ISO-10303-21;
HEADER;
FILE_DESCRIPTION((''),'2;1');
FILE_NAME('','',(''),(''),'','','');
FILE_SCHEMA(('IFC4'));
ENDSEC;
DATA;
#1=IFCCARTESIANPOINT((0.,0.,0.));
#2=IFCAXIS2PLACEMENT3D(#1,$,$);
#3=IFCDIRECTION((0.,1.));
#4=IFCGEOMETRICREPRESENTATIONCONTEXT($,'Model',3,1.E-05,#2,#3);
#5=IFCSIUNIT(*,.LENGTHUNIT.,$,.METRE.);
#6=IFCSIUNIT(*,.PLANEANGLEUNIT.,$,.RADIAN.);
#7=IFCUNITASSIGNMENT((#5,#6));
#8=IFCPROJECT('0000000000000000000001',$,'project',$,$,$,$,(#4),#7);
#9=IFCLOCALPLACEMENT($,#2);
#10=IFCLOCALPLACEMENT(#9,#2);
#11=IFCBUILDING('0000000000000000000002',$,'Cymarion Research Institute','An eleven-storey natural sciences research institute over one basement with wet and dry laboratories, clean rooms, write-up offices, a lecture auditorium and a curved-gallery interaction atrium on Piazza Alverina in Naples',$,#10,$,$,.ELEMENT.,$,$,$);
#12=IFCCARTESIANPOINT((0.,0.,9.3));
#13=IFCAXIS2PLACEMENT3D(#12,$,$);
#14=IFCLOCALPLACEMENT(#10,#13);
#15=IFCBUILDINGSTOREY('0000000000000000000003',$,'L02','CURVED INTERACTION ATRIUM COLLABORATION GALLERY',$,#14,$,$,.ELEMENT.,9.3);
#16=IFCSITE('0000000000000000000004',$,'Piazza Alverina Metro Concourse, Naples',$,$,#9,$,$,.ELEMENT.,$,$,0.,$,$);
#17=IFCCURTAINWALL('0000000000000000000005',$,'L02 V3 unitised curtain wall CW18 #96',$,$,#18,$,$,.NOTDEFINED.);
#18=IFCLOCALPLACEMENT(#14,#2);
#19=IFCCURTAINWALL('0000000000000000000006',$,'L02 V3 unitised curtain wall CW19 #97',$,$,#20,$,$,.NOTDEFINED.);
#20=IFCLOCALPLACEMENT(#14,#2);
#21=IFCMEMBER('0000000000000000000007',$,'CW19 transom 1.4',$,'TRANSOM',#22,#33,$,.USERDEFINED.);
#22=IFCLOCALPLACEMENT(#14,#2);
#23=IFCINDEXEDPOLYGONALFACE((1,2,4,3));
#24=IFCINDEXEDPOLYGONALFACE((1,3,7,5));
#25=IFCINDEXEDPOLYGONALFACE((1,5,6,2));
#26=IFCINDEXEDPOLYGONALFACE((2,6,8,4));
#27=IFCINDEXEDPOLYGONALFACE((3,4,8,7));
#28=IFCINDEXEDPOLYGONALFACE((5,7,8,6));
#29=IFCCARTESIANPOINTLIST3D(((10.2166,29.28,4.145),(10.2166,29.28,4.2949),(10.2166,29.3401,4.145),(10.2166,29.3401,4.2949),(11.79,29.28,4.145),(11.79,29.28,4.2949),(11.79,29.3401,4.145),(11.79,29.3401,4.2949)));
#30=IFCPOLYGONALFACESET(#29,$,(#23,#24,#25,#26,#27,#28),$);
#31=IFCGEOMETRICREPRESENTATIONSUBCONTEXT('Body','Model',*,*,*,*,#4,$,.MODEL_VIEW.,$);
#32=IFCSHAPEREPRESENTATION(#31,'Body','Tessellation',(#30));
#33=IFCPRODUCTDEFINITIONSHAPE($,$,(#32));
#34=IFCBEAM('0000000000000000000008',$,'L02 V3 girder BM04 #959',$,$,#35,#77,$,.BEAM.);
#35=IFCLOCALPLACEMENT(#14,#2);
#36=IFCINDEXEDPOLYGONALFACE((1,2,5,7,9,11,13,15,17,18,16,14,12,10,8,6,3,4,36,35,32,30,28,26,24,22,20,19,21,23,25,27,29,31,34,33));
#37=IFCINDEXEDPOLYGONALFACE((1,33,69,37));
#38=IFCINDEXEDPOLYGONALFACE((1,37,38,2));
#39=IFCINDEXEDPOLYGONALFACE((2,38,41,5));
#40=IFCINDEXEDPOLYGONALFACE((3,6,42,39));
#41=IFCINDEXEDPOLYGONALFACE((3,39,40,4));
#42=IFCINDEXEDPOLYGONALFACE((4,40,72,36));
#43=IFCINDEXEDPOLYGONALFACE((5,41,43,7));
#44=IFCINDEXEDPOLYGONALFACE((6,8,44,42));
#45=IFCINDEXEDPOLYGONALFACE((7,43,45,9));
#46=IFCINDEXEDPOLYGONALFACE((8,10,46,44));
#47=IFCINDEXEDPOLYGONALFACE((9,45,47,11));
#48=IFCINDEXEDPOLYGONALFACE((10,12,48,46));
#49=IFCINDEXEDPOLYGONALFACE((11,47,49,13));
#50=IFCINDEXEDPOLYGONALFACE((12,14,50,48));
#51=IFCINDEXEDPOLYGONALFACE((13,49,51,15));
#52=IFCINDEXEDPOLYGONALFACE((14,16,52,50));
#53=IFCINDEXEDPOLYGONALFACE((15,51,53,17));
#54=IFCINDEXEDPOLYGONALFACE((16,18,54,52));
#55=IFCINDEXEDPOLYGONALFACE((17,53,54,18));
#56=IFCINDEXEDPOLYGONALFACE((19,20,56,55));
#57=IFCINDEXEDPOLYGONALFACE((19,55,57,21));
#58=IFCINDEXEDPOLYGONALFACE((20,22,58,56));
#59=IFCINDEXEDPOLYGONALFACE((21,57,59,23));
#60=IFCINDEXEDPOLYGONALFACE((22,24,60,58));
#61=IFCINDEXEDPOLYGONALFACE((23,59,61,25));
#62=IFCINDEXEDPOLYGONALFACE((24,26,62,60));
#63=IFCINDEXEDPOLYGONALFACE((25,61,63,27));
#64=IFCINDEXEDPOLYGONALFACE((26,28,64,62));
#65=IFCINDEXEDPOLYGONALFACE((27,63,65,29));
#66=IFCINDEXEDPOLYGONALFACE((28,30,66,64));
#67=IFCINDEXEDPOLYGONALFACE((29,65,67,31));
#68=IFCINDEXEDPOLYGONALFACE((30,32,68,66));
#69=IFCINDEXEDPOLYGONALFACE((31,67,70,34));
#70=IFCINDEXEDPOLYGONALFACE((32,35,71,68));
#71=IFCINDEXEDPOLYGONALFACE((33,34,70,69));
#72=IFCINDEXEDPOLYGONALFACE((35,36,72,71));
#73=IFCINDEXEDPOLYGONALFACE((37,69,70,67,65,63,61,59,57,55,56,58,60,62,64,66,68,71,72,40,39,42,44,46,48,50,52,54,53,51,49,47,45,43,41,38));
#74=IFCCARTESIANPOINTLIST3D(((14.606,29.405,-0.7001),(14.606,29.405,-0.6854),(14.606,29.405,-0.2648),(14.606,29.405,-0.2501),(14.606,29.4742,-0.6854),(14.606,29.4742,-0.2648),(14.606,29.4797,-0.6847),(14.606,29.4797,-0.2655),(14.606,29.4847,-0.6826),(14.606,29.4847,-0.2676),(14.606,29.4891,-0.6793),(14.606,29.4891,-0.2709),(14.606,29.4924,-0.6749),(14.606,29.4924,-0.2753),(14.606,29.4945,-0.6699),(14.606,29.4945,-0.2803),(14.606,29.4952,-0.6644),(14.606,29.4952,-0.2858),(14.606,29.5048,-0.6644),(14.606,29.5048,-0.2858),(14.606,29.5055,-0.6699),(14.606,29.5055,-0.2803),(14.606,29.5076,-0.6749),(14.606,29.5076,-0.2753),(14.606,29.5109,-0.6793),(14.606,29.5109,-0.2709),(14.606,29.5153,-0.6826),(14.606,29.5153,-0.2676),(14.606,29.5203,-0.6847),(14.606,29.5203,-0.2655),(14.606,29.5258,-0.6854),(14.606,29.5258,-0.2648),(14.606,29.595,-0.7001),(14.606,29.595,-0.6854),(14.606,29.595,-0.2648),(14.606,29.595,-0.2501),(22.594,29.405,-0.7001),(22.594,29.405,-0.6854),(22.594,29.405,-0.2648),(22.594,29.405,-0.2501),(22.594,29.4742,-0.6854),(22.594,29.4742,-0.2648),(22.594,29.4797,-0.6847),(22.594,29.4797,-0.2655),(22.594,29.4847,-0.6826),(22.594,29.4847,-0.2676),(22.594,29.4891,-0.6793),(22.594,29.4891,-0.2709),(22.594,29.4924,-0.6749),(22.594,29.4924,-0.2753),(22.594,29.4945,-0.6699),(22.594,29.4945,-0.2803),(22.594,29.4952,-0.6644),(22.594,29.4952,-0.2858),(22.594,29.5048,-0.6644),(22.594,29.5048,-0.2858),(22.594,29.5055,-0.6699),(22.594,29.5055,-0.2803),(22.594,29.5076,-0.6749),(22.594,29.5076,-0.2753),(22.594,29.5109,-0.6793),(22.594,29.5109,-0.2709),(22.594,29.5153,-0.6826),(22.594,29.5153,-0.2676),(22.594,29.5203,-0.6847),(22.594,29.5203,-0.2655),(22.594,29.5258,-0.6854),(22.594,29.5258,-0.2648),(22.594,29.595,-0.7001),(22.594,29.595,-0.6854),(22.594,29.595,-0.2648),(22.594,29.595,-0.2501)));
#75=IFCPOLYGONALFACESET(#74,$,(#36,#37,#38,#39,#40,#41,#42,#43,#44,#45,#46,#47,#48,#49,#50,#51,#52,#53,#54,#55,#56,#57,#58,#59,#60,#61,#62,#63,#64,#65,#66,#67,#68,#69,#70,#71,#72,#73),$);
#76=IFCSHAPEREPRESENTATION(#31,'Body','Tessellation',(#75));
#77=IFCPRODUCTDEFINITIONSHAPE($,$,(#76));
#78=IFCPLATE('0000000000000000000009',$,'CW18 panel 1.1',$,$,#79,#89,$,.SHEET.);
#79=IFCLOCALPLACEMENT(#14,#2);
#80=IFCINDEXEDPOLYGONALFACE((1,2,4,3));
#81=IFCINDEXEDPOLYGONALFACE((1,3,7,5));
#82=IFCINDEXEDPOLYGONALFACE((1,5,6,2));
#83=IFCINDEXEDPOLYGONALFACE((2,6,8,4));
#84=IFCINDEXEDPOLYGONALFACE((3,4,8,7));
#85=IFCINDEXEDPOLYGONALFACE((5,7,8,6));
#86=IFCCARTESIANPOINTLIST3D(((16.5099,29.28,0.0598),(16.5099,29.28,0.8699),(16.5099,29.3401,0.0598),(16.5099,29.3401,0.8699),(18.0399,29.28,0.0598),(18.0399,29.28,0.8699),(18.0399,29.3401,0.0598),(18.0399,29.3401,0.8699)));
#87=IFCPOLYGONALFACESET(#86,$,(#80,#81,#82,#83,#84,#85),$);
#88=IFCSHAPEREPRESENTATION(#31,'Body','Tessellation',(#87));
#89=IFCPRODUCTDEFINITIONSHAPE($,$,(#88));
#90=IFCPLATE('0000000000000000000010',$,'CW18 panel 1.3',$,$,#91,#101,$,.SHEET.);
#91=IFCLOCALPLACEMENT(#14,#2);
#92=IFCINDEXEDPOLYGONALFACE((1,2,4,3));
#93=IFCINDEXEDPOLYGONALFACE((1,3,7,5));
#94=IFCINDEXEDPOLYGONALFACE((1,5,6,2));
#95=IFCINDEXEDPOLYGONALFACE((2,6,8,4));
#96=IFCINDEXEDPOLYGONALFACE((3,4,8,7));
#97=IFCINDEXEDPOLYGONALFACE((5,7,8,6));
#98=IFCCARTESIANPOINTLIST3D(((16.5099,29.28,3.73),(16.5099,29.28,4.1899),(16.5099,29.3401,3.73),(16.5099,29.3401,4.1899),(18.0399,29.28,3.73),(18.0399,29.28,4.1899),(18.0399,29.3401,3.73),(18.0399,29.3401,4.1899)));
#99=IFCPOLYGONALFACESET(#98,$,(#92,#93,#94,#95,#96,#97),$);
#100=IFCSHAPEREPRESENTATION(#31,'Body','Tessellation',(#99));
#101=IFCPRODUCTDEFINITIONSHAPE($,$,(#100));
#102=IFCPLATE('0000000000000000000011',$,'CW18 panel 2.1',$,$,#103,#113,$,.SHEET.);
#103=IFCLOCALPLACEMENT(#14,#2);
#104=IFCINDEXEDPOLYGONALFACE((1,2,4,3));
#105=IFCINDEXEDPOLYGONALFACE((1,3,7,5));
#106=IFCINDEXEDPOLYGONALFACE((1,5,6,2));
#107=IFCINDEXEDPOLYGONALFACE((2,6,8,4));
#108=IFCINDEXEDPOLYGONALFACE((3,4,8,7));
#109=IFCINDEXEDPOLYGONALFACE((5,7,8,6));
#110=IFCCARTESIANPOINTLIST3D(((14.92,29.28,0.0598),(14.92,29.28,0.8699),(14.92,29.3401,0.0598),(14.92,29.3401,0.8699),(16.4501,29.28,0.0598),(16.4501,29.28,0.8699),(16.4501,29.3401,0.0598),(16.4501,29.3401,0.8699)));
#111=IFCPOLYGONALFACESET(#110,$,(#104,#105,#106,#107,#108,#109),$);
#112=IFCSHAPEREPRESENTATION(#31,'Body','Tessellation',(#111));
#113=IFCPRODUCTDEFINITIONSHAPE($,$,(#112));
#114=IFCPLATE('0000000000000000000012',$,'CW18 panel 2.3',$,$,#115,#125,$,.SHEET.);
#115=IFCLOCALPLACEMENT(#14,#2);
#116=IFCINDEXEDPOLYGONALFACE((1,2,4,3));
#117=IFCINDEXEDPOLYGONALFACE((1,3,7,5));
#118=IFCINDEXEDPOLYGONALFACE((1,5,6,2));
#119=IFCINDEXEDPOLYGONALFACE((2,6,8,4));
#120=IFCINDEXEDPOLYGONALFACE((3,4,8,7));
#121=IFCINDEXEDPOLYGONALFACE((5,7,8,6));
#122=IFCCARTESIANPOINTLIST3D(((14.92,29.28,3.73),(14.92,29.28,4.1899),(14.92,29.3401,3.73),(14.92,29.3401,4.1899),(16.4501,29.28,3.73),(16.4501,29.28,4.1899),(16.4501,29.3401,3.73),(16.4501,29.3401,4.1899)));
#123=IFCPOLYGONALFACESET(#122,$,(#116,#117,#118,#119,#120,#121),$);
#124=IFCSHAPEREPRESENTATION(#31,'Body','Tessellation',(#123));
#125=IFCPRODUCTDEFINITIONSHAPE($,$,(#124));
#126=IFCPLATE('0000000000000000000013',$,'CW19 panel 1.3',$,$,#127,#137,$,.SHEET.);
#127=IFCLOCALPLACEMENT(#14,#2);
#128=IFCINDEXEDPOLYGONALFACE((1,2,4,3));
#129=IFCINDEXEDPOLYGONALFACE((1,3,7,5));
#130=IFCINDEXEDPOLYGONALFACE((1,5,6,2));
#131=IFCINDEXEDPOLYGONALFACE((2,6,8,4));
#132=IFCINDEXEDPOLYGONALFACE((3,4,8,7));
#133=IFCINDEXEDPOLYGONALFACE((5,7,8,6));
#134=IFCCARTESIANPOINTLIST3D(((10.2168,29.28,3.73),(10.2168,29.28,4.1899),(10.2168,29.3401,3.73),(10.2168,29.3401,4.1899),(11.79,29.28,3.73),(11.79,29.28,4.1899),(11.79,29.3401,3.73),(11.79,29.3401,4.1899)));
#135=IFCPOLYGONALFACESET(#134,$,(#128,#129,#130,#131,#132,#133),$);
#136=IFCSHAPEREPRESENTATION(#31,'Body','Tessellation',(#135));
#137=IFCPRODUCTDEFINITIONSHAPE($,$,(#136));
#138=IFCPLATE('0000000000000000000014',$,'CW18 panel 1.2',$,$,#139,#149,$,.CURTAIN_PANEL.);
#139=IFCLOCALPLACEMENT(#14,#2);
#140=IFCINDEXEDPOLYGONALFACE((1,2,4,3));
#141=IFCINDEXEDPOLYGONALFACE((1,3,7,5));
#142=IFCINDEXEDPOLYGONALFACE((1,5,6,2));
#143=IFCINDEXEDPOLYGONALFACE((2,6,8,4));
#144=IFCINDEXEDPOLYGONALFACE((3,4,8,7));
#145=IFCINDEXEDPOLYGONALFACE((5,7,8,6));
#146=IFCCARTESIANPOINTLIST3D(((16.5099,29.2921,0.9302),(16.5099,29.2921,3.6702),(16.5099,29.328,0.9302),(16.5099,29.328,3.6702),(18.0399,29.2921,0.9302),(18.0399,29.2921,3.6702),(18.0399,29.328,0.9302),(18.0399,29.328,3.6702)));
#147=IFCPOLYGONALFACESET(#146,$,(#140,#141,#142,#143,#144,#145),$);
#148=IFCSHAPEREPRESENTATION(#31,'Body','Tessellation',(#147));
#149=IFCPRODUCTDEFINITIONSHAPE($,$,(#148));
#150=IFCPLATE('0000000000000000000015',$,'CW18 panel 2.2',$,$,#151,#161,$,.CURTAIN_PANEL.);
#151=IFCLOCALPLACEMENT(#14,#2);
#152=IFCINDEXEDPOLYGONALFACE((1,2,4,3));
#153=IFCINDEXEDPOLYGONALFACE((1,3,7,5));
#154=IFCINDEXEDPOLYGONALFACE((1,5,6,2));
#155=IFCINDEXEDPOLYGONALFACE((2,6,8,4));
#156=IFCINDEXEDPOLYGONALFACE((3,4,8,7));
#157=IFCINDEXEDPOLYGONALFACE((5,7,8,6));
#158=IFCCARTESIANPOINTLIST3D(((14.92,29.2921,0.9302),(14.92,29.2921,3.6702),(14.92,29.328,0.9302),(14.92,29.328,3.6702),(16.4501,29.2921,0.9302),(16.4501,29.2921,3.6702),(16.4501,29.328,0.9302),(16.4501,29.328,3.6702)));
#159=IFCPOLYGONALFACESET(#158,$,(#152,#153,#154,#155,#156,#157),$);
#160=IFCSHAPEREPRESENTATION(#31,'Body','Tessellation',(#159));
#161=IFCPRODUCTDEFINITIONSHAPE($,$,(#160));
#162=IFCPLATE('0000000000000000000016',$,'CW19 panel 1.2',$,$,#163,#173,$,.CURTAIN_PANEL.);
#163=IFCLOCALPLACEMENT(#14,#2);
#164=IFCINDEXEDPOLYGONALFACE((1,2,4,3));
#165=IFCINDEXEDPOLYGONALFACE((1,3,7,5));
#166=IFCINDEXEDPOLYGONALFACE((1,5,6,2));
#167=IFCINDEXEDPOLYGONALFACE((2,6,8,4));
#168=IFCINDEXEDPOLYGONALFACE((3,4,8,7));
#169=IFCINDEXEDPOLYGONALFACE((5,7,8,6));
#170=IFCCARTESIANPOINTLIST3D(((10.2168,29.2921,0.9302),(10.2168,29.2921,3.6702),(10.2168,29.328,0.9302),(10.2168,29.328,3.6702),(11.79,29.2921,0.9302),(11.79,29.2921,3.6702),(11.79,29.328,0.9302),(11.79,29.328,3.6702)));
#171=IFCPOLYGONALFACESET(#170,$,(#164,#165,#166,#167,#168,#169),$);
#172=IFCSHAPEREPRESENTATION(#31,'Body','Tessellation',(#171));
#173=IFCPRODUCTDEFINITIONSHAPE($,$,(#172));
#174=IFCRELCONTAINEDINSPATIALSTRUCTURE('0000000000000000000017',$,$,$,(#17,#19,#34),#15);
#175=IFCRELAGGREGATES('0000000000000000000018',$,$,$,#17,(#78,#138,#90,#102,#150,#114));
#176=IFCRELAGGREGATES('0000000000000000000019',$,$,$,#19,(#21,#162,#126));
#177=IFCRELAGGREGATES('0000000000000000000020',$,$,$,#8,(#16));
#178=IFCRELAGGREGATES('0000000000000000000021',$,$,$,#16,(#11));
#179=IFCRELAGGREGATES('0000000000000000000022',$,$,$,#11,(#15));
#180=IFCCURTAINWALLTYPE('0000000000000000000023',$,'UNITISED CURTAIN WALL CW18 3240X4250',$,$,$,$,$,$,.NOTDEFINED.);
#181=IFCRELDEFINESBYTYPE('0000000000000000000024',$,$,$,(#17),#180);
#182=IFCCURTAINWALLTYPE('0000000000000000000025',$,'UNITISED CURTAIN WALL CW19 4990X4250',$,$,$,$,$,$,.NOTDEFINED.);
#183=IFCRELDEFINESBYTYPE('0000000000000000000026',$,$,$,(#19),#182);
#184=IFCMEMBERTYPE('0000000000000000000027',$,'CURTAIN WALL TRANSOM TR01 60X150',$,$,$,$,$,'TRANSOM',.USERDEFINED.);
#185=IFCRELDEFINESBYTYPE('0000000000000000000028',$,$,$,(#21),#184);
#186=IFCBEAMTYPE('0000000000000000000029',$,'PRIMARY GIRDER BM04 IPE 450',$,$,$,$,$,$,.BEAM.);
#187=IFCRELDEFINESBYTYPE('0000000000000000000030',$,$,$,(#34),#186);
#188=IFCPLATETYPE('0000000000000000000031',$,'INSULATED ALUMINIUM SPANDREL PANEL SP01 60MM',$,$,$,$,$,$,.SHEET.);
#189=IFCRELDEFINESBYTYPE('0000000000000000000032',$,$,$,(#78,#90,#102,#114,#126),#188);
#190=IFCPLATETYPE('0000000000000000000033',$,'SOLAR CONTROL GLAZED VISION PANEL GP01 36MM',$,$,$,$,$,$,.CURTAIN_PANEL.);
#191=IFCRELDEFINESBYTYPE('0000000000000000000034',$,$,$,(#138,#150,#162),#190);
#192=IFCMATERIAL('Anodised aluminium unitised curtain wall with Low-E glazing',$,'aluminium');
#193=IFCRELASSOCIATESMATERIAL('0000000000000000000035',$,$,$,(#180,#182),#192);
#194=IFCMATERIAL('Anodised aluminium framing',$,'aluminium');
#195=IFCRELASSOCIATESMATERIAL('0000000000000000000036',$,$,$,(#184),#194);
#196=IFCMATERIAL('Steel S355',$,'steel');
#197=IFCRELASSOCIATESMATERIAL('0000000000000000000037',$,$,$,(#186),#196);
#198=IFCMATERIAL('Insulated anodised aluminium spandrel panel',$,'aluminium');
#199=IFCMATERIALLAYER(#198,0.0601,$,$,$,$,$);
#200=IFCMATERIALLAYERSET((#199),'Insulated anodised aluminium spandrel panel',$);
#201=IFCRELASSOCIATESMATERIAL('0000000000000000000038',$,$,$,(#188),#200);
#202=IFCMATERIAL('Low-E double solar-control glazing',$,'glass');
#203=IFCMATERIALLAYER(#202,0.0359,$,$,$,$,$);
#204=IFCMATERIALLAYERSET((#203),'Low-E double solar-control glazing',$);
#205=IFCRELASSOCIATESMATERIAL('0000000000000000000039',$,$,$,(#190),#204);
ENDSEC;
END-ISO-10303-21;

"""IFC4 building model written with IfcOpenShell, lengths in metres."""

from ifc_helpers import new_model, si_unit, direction, frame, origin, origin_2d, place, context, subcontext, project, spatial, rectangle, i_section, extrude, material, layer, layer_set, material_profile, profile_set, type_object, element, aggregate, save


model = new_model("IFC4")

# Units and contexts
model_context = context("Model", 3, precision=1e-05, world=origin(), true_north=direction((0.0, 1.0)))
body_context = subcontext(model_context, "Body", "Model", "MODEL_VIEW")
ifc_project = project(units=[si_unit("LENGTHUNIT", "METRE"), si_unit("PLANEANGLEUNIT", "RADIAN")], contexts=[model_context])

# Site, building, storey
site_placement = place(None, origin())
site = spatial("IfcSite", under=ifc_project, at=site_placement, Name="Piazza Alverina Metro Concourse, Naples", CompositionType="ELEMENT", RefElevation=0.0)
building_placement = place(site_placement, origin())
building = spatial("IfcBuilding", under=site, at=building_placement, Name="Cymarion Research Institute", Description="An eleven-storey natural sciences research institute over one basement with wet and dry laboratories, clean rooms, write-up offices, a lecture auditorium and a curved-gallery interaction atrium on Piazza Alverina in Naples", CompositionType="ELEMENT")
storey_placement = place(building_placement, frame((0.0, 0.0, 9.3)))
storey = spatial("IfcBuildingStorey", under=building, at=storey_placement, Name="L02", Description="CURVED INTERACTION ATRIUM COLLABORATION GALLERY", CompositionType="ELEMENT", Elevation=9.3)

# Shared definitions
ifc_material_1 = material(Name="Steel S355", Category="steel")

# Curtain wall
ifc_material_2 = material(Name="Anodised aluminium unitised curtain wall with Low-E glazing", Category="aluminium")
curtain_wall_type_1 = type_object("IfcCurtainWallType", Name="UNITISED CURTAIN WALL CW18 3240X4250", PredefinedType="NOTDEFINED", material=ifc_material_2)
curtain_wall_1_placement = place(storey_placement, origin())
curtain_wall_1 = element("IfcCurtainWall", 1, at=curtain_wall_1_placement, inside=storey, type_object=curtain_wall_type_1, Name="L02 V3 unitised curtain wall CW18 #96", PredefinedType="NOTDEFINED")
ifc_material_3 = material(Name="Anodised aluminium framing", Category="aluminium")

# Curtain wall
curtain_wall_type_2 = type_object("IfcCurtainWallType", Name="UNITISED CURTAIN WALL CW19 4990X4250", PredefinedType="NOTDEFINED", material=ifc_material_2)
curtain_wall_2_placement = place(storey_placement, origin())
curtain_wall_2 = element("IfcCurtainWall", 2, at=curtain_wall_2_placement, inside=storey, type_object=curtain_wall_type_2, Name="L02 V3 unitised curtain wall CW19 #97", PredefinedType="NOTDEFINED")

# Member
ifc_material_profile_1 = material_profile(ifc_material_3, rectangle(XDim=0.0601, YDim=0.1499, at=origin_2d()), Name="ALU TRANSOM 60x150")
ifc_profile_set_1 = profile_set([ifc_material_profile_1], Name="Anodised aluminium framing")
member_type_1 = type_object("IfcMemberType", Name="CURTAIN WALL TRANSOM TR01 60X150", ElementType="TRANSOM", PredefinedType="USERDEFINED", material=ifc_profile_set_1)
member_1_placement = place(storey_placement, frame((11.79, 29.3101, 4.22), z_axis=(-1.0, 0.0, 0.0), x_axis=(0.0, -1.0, 0.0)))
member_1 = element("IfcMember", 3, at=member_1_placement, type_object=member_type_1, Name="CW19 transom 1.4", ObjectType="TRANSOM", PredefinedType="USERDEFINED", context=body_context, shape_type="SweptSolid", body=[
    extrude(rectangle(XDim=0.0601, YDim=0.1499, at=origin_2d()), origin(), (0.0, 0.0, 1.0), 1.5735),
])

# Beam
ifc_material_profile_2 = material_profile(ifc_material_1, i_section(OverallWidth=0.1899, OverallDepth=0.45, WebThickness=0.0095, FlangeThickness=0.0146, FilletRadius=0.021, at=origin_2d()), Name="IPE 450")
ifc_profile_set_2 = profile_set([ifc_material_profile_2], Name="Steel S355")
beam_type = type_object("IfcBeamType", Name="PRIMARY GIRDER BM04 IPE 450", PredefinedType="BEAM", material=ifc_profile_set_2)
beam_placement = place(storey_placement, frame((14.606, 29.5, -0.4751), z_axis=(1.0, 0.0, 0.0), x_axis=(0.0, 1.0, 0.0)))
element("IfcBeam", 4, at=beam_placement, inside=storey, type_object=beam_type, Name="L02 V3 girder BM04 #959", PredefinedType="BEAM", context=body_context, shape_type="SweptSolid", body=[
    extrude(i_section(OverallWidth=0.1899, OverallDepth=0.45, WebThickness=0.0095, FlangeThickness=0.0146, FilletRadius=0.021, at=origin_2d()), origin(), (0.0, 0.0, 1.0), 7.988),
])

# Plates
ifc_material_4 = material(Name="Insulated anodised aluminium spandrel panel", Category="aluminium")
ifc_layer_1 = layer(ifc_material_4, 0.0601)
ifc_layer_set_1 = layer_set([ifc_layer_1], Name="Insulated anodised aluminium spandrel panel")
plate_type_1 = type_object("IfcPlateType", Name="INSULATED ALUMINIUM SPANDREL PANEL SP01 60MM", PredefinedType="SHEET", material=ifc_layer_set_1)
plate_1_placement = place(storey_placement, frame((17.2749, 29.3101, 0.0598), z_axis=(0.0, 0.0, 1.0), x_axis=(-1.0, 0.0, 0.0)))
plate_1 = element("IfcPlate", 5, at=plate_1_placement, type_object=plate_type_1, Name="CW18 panel 1.1", PredefinedType="SHEET", context=body_context, shape_type="SweptSolid", body=[
    extrude(rectangle(XDim=1.53, YDim=0.0601, at=origin_2d()), origin(), (0.0, 0.0, 1.0), 0.8101),
])
plate_2_placement = place(storey_placement, frame((17.2749, 29.3101, 3.73), z_axis=(0.0, 0.0, 1.0), x_axis=(-1.0, 0.0, 0.0)))
plate_2 = element("IfcPlate", 6, at=plate_2_placement, type_object=plate_type_1, Name="CW18 panel 1.3", PredefinedType="SHEET", context=body_context, shape_type="SweptSolid", body=[
    extrude(rectangle(XDim=1.53, YDim=0.0601, at=origin_2d()), origin(), (0.0, 0.0, 1.0), 0.46),
])
plate_3_placement = place(storey_placement, frame((15.6851, 29.3101, 0.0598), z_axis=(0.0, 0.0, 1.0), x_axis=(-1.0, 0.0, 0.0)))
plate_3 = element("IfcPlate", 7, at=plate_3_placement, type_object=plate_type_1, Name="CW18 panel 2.1", PredefinedType="SHEET", context=body_context, shape_type="SweptSolid", body=[
    extrude(rectangle(XDim=1.53, YDim=0.0601, at=origin_2d()), origin(), (0.0, 0.0, 1.0), 0.8101),
])
plate_4_placement = place(storey_placement, frame((15.6851, 29.3101, 3.73), z_axis=(0.0, 0.0, 1.0), x_axis=(-1.0, 0.0, 0.0)))
plate_4 = element("IfcPlate", 8, at=plate_4_placement, type_object=plate_type_1, Name="CW18 panel 2.3", PredefinedType="SHEET", context=body_context, shape_type="SweptSolid", body=[
    extrude(rectangle(XDim=1.53, YDim=0.0601, at=origin_2d()), origin(), (0.0, 0.0, 1.0), 0.46),
])
plate_5_placement = place(storey_placement, frame((11.0034, 29.3101, 3.73), z_axis=(0.0, 0.0, 1.0), x_axis=(-1.0, 0.0, 0.0)))
plate_5 = element("IfcPlate", 9, at=plate_5_placement, type_object=plate_type_1, Name="CW19 panel 1.3", PredefinedType="SHEET", context=body_context, shape_type="SweptSolid", body=[
    extrude(rectangle(XDim=1.5732, YDim=0.0601, at=origin_2d()), origin(), (0.0, 0.0, 1.0), 0.46),
])
ifc_material_5 = material(Name="Low-E double solar-control glazing", Category="glass")
ifc_layer_2 = layer(ifc_material_5, 0.0359)
ifc_layer_set_2 = layer_set([ifc_layer_2], Name="Low-E double solar-control glazing")
plate_type_2 = type_object("IfcPlateType", Name="SOLAR CONTROL GLAZED VISION PANEL GP01 36MM", PredefinedType="CURTAIN_PANEL", material=ifc_layer_set_2)
plate_6_placement = place(storey_placement, frame((17.2749, 29.3101, 0.9302), z_axis=(0.0, 0.0, 1.0), x_axis=(-1.0, 0.0, 0.0)))
plate_6 = element("IfcPlate", 10, at=plate_6_placement, type_object=plate_type_2, Name="CW18 panel 1.2", PredefinedType="CURTAIN_PANEL", context=body_context, shape_type="SweptSolid", body=[
    extrude(rectangle(XDim=1.53, YDim=0.0359, at=origin_2d()), origin(), (0.0, 0.0, 1.0), 2.74),
])
plate_7_placement = place(storey_placement, frame((15.6851, 29.3101, 0.9302), z_axis=(0.0, 0.0, 1.0), x_axis=(-1.0, 0.0, 0.0)))
plate_7 = element("IfcPlate", 11, at=plate_7_placement, type_object=plate_type_2, Name="CW18 panel 2.2", PredefinedType="CURTAIN_PANEL", context=body_context, shape_type="SweptSolid", body=[
    extrude(rectangle(XDim=1.53, YDim=0.0359, at=origin_2d()), origin(), (0.0, 0.0, 1.0), 2.74),
])
aggregate(curtain_wall_1, [plate_1, plate_6, plate_2, plate_3, plate_7, plate_4])
plate_8_placement = place(storey_placement, frame((11.0034, 29.3101, 0.9302), z_axis=(0.0, 0.0, 1.0), x_axis=(-1.0, 0.0, 0.0)))
plate_8 = element("IfcPlate", 12, at=plate_8_placement, type_object=plate_type_2, Name="CW19 panel 1.2", PredefinedType="CURTAIN_PANEL", context=body_context, shape_type="SweptSolid", body=[
    extrude(rectangle(XDim=1.5732, YDim=0.0359, at=origin_2d()), origin(), (0.0, 0.0, 1.0), 2.74),
])
aggregate(curtain_wall_2, [member_1, plate_8, plate_5])

save(model, "model.ifc")
